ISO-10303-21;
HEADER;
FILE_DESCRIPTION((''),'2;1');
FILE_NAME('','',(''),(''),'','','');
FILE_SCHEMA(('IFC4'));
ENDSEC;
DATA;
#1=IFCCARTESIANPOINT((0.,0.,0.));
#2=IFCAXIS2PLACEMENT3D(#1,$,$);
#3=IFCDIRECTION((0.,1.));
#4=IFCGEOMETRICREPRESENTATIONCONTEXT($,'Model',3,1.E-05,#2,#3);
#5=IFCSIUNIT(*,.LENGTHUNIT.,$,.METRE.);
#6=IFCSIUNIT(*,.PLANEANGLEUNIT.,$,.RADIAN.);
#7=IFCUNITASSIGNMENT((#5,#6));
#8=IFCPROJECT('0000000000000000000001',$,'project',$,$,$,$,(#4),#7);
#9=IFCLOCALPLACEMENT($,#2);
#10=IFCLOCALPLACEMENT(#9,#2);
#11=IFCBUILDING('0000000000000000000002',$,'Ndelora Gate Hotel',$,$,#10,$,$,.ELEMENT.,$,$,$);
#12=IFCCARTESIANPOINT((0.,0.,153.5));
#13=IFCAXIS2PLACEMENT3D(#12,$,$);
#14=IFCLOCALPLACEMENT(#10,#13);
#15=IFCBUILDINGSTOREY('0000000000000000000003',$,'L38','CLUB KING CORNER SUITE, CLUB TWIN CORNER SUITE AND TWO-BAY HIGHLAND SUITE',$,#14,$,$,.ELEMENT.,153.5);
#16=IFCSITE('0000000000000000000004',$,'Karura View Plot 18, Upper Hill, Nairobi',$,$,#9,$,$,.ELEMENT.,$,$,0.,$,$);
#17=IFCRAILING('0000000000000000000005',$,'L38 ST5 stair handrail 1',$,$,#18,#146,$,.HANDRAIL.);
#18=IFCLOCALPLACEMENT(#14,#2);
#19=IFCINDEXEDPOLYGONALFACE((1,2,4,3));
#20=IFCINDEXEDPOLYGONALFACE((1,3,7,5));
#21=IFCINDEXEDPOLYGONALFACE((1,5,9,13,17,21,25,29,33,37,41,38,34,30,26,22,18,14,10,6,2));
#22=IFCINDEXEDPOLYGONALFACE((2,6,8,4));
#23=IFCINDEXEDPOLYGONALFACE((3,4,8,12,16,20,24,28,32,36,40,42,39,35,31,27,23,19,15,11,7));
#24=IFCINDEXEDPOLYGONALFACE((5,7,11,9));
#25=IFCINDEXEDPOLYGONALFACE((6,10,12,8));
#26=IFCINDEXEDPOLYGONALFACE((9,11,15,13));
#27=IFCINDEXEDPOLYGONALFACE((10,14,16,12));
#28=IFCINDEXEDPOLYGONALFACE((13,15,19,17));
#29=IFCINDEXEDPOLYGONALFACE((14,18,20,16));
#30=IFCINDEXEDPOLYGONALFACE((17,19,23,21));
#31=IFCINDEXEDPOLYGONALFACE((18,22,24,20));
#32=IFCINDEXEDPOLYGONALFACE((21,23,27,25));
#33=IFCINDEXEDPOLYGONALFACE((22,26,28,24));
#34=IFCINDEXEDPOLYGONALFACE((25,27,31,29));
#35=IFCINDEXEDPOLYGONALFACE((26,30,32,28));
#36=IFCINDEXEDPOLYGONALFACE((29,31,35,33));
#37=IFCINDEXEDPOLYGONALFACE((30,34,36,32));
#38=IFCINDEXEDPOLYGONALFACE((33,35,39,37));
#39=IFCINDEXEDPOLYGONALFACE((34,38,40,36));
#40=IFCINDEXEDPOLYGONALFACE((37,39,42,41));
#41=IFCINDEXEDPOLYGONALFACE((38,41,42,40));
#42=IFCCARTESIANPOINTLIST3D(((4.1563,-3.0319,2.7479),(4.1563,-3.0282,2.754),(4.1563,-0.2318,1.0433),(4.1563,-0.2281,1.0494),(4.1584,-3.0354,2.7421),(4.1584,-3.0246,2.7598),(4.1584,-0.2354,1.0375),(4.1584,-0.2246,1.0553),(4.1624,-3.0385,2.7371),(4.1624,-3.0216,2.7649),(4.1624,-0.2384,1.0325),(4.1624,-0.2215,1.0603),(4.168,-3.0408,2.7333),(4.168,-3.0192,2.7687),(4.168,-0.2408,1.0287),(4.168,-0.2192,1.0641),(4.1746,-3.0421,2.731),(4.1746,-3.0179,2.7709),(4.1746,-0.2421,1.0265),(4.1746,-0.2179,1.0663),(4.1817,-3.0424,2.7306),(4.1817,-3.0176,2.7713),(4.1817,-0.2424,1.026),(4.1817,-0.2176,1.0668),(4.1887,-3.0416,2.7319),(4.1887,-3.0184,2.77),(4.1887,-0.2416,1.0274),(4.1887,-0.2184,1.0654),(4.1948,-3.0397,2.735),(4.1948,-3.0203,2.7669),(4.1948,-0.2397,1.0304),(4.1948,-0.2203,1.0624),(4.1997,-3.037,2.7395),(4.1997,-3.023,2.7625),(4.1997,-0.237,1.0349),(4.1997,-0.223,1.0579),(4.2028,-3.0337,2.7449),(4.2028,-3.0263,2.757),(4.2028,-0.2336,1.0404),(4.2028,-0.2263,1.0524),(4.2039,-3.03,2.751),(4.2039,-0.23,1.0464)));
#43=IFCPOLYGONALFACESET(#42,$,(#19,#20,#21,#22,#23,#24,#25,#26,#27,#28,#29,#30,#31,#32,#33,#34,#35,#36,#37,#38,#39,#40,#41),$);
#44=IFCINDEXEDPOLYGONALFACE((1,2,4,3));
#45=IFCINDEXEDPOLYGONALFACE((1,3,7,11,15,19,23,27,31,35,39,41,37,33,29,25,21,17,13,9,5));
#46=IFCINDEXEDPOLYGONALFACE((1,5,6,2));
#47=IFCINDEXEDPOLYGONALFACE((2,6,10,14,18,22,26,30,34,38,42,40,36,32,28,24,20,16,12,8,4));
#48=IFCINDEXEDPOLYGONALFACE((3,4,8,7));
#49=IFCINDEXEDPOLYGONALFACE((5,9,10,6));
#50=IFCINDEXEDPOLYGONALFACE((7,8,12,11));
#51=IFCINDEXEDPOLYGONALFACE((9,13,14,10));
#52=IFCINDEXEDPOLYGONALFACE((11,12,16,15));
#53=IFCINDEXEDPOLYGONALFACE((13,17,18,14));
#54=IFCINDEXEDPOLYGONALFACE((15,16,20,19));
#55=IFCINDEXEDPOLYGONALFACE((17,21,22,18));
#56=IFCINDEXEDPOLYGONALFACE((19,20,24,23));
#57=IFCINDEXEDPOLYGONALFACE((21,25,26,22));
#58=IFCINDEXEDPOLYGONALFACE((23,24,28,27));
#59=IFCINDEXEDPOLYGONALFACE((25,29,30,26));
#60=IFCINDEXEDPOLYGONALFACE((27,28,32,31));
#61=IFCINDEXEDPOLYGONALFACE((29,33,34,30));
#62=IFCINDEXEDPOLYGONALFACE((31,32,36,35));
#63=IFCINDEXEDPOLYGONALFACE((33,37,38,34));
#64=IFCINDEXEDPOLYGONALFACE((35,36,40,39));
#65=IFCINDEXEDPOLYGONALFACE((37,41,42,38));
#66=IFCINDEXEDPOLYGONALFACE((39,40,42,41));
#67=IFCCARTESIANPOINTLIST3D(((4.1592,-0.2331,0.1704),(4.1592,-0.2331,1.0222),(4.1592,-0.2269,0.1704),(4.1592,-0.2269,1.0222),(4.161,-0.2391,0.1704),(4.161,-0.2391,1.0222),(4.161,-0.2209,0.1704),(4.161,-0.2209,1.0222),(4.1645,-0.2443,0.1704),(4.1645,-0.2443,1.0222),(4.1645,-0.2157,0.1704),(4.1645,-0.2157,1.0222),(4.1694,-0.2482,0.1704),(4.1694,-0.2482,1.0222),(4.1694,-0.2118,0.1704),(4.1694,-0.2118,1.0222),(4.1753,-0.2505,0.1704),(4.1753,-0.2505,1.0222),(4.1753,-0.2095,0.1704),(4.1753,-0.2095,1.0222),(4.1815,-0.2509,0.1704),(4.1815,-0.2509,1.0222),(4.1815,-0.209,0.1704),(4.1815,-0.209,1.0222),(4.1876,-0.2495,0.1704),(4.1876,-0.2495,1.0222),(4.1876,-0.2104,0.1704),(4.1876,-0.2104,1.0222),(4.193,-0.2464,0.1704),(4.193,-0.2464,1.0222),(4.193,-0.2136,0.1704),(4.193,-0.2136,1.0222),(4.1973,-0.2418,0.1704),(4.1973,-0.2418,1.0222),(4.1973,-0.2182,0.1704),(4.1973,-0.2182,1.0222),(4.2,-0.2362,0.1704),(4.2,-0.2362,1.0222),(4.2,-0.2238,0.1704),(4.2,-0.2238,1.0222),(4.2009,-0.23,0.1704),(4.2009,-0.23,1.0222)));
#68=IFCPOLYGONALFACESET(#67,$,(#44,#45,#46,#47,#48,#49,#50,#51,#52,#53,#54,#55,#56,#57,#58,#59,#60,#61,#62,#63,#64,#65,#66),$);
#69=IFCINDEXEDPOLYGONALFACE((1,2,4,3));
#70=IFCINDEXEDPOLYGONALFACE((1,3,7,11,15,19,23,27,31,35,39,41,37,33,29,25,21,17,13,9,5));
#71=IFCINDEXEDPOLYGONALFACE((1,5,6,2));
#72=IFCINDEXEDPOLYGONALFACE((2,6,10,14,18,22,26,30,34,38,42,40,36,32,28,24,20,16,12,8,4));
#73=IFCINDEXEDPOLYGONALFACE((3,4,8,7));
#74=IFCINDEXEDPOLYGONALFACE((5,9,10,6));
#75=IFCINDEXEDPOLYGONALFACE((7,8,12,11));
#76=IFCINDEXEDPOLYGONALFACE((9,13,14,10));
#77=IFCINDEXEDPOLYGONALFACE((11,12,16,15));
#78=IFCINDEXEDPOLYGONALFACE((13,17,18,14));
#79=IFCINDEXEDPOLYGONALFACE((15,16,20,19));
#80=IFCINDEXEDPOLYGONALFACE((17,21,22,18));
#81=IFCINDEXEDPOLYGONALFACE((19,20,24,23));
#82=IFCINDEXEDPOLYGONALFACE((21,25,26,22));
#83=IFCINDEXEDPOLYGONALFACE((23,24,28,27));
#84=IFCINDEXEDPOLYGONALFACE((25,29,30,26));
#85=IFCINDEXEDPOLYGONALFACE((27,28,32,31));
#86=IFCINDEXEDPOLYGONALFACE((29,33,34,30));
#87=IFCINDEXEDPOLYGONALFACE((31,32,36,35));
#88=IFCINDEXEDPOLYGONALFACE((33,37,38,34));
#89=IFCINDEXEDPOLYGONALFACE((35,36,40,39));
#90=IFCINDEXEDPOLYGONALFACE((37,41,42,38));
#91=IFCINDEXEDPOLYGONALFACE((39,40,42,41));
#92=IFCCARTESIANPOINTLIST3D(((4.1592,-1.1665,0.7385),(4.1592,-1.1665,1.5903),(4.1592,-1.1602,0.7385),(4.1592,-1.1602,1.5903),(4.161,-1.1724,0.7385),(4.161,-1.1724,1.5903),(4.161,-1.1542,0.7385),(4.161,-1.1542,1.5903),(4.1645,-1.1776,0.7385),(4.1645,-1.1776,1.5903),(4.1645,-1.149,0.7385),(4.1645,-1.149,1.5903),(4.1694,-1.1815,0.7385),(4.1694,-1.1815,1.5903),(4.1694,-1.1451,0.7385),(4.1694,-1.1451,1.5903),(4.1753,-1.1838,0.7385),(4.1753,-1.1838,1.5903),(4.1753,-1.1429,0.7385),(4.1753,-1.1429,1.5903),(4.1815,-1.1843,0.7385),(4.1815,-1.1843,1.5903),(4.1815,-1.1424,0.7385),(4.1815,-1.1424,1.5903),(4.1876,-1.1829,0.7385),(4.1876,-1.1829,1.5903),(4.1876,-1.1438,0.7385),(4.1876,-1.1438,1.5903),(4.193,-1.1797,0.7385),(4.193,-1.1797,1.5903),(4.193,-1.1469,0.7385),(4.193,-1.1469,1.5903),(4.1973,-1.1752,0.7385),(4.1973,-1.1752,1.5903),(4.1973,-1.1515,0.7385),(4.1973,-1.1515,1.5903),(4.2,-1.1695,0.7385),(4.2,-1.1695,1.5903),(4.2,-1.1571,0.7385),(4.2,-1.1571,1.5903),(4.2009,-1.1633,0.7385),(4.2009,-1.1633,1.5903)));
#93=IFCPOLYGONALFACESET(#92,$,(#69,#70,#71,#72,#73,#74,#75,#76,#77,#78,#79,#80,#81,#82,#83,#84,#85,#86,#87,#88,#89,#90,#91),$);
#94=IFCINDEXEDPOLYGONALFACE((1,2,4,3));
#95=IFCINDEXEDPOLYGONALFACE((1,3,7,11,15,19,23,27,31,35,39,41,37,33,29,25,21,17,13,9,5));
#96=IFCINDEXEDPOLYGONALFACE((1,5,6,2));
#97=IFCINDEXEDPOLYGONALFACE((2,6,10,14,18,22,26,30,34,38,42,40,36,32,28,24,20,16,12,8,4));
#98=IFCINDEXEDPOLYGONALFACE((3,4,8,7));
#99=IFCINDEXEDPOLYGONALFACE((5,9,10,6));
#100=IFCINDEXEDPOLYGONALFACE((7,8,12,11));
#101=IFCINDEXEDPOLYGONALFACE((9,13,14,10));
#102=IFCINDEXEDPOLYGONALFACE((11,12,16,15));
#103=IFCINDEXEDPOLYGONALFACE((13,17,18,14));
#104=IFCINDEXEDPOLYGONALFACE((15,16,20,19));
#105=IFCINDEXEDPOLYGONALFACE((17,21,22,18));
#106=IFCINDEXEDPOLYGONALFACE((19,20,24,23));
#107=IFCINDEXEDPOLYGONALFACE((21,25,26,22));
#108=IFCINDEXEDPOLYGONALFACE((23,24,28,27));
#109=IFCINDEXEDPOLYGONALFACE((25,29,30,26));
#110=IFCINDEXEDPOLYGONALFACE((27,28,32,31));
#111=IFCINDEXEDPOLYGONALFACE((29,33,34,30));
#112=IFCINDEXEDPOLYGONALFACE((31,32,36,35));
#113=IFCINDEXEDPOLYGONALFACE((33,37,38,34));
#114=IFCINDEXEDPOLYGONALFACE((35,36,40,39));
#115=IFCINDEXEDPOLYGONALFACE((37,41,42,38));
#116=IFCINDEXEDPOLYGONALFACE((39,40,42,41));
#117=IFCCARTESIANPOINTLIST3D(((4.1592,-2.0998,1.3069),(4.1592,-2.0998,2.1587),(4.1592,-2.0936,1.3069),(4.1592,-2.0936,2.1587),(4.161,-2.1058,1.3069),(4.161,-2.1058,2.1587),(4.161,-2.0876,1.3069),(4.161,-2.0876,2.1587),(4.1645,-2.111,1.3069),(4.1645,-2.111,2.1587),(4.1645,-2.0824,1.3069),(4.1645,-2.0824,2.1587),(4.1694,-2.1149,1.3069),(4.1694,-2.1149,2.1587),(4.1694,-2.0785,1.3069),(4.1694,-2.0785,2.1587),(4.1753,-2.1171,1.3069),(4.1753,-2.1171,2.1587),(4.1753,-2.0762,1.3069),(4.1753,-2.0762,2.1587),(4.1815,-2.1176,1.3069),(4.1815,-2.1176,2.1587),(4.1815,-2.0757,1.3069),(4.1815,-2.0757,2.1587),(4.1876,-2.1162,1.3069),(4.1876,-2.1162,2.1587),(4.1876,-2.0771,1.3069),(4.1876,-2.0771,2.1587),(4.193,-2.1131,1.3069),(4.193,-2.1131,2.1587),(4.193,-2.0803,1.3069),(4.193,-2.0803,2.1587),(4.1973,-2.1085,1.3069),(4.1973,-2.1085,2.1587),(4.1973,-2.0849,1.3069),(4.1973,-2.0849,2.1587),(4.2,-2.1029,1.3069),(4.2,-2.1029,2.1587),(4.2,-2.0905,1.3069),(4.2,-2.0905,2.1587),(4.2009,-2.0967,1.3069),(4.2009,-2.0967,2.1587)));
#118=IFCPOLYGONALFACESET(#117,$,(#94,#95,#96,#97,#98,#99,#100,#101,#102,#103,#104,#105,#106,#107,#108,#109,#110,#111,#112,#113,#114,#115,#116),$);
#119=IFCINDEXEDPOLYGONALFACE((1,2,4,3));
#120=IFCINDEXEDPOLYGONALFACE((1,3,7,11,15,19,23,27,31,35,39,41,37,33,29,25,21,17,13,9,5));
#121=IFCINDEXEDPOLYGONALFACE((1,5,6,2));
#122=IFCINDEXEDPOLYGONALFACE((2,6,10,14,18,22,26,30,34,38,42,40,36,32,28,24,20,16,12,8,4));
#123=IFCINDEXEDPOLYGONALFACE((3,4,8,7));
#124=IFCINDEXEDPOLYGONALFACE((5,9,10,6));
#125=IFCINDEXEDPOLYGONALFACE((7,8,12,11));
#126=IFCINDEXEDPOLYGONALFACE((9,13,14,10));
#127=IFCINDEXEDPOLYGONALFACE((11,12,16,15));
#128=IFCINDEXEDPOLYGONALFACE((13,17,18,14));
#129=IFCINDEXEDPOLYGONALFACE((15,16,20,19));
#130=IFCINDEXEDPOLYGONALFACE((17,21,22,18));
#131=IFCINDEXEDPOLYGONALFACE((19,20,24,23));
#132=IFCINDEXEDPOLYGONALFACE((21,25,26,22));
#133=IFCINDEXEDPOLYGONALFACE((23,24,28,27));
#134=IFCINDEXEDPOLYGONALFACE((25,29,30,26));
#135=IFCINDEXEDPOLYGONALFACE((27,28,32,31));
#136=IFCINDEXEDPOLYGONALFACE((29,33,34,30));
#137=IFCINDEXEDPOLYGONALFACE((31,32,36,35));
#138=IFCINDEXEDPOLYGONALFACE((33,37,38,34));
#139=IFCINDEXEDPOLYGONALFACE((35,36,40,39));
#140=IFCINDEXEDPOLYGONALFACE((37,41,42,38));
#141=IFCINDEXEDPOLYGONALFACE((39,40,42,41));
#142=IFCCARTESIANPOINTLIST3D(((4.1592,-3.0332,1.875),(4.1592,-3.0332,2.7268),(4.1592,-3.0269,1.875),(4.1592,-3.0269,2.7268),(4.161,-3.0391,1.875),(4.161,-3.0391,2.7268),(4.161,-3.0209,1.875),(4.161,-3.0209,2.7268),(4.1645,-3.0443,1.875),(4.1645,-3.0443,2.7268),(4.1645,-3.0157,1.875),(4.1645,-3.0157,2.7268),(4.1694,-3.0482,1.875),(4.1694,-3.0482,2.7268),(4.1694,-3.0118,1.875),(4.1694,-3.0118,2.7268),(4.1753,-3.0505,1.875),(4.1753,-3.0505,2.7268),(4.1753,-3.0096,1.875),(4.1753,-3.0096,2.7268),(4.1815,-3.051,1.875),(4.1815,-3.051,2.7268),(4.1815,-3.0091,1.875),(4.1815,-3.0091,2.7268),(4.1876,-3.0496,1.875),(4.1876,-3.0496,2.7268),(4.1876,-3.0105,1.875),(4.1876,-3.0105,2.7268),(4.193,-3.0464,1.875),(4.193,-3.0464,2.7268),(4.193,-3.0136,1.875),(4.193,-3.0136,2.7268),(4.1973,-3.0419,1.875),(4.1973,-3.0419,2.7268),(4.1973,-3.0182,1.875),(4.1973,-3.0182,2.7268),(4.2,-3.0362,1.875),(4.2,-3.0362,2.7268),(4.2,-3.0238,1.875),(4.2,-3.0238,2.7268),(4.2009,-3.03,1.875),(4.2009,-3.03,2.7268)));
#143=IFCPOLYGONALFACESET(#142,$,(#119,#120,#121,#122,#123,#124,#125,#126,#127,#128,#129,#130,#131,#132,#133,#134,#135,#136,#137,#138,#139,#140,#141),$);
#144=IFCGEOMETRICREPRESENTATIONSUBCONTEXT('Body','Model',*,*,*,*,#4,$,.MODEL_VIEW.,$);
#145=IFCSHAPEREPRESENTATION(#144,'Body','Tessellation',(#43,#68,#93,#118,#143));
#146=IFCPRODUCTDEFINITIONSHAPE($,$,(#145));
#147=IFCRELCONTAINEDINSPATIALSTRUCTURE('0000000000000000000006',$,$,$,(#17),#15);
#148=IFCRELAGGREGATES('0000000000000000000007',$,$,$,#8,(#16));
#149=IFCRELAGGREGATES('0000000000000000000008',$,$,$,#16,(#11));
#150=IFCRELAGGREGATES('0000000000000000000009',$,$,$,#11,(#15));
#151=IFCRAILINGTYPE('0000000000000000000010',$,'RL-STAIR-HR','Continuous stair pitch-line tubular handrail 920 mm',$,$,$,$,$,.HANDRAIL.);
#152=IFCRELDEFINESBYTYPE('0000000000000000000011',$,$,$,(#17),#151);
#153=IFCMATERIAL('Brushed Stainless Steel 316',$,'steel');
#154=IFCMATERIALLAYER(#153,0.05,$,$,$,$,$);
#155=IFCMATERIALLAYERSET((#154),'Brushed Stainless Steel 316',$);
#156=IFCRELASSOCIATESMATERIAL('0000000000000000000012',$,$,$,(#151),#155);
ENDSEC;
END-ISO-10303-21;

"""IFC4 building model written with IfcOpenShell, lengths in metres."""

from ifc_helpers import new_model, si_unit, direction, frame, origin, origin_2d, place, context, subcontext, project, spatial, circle, extrude, material, layer, layer_set, type_object, element, save


model = new_model("IFC4")

# Units and contexts
model_context = context("Model", 3, precision=1e-05, world=origin(), true_north=direction((0.0, 1.0)))
body_context = subcontext(model_context, "Body", "Model", "MODEL_VIEW")
ifc_project = project(units=[si_unit("LENGTHUNIT", "METRE"), si_unit("PLANEANGLEUNIT", "RADIAN")], contexts=[model_context])

# Site, building, storey
site_placement = place(None, origin())
site = spatial("IfcSite", under=ifc_project, at=site_placement, Name="Karura View Plot 18, Upper Hill, Nairobi", CompositionType="ELEMENT", RefElevation=0.0)
building_placement = place(site_placement, origin())
building = spatial("IfcBuilding", under=site, at=building_placement, Name="Ndelora Gate Hotel", CompositionType="ELEMENT")
storey_placement = place(building_placement, frame((0.0, 0.0, 153.5)))
storey = spatial("IfcBuildingStorey", under=building, at=storey_placement, Name="L38", Description="CLUB KING CORNER SUITE, CLUB TWIN CORNER SUITE AND TWO-BAY HIGHLAND SUITE", CompositionType="ELEMENT", Elevation=153.5)

# Railing
ifc_material_1 = material(Name="Brushed Stainless Steel 316", Category="steel")
ifc_layer_1 = layer(ifc_material_1, 0.05)
ifc_layer_set_1 = layer_set([ifc_layer_1], Name="Brushed Stainless Steel 316")
railing_type_1 = type_object("IfcRailingType", Name="RL-STAIR-HR", Description="Continuous stair pitch-line tubular handrail 920 mm", PredefinedType="HANDRAIL", material=ifc_layer_set_1)
railing_1_placement = place(storey_placement, frame((4.1799, -0.23, 0.1704)))
element("IfcRailing", 1, at=railing_1_placement, inside=storey, type_object=railing_type_1, Name="L38 ST5 stair handrail 1", PredefinedType="HANDRAIL", context=body_context, shape_type="SweptSolid", body=[
    extrude(circle(Radius=0.0239, at=origin_2d()), frame((0.0, 0.0, 0.876), z_axis=(0.0, -0.85417, 0.519994), x_axis=(1.0, 0.0, 0.0)), (0.0, 0.0, 1.0), 3.2781),
    extrude(circle(Radius=0.021, at=origin_2d()), origin(), (0.0, 0.0, 1.0), 0.8518),
    extrude(circle(Radius=0.021, at=origin_2d()), frame((0.0, -0.9333, 0.5681)), (0.0, 0.0, 1.0), 0.8518),
    extrude(circle(Radius=0.021, at=origin_2d()), frame((0.0, -1.8667, 1.1365)), (0.0, 0.0, 1.0), 0.8518),
    extrude(circle(Radius=0.021, at=origin_2d()), frame((0.0, -2.8, 1.7046)), (0.0, 0.0, 1.0), 0.8518),
])

save(model, "model.ifc")
